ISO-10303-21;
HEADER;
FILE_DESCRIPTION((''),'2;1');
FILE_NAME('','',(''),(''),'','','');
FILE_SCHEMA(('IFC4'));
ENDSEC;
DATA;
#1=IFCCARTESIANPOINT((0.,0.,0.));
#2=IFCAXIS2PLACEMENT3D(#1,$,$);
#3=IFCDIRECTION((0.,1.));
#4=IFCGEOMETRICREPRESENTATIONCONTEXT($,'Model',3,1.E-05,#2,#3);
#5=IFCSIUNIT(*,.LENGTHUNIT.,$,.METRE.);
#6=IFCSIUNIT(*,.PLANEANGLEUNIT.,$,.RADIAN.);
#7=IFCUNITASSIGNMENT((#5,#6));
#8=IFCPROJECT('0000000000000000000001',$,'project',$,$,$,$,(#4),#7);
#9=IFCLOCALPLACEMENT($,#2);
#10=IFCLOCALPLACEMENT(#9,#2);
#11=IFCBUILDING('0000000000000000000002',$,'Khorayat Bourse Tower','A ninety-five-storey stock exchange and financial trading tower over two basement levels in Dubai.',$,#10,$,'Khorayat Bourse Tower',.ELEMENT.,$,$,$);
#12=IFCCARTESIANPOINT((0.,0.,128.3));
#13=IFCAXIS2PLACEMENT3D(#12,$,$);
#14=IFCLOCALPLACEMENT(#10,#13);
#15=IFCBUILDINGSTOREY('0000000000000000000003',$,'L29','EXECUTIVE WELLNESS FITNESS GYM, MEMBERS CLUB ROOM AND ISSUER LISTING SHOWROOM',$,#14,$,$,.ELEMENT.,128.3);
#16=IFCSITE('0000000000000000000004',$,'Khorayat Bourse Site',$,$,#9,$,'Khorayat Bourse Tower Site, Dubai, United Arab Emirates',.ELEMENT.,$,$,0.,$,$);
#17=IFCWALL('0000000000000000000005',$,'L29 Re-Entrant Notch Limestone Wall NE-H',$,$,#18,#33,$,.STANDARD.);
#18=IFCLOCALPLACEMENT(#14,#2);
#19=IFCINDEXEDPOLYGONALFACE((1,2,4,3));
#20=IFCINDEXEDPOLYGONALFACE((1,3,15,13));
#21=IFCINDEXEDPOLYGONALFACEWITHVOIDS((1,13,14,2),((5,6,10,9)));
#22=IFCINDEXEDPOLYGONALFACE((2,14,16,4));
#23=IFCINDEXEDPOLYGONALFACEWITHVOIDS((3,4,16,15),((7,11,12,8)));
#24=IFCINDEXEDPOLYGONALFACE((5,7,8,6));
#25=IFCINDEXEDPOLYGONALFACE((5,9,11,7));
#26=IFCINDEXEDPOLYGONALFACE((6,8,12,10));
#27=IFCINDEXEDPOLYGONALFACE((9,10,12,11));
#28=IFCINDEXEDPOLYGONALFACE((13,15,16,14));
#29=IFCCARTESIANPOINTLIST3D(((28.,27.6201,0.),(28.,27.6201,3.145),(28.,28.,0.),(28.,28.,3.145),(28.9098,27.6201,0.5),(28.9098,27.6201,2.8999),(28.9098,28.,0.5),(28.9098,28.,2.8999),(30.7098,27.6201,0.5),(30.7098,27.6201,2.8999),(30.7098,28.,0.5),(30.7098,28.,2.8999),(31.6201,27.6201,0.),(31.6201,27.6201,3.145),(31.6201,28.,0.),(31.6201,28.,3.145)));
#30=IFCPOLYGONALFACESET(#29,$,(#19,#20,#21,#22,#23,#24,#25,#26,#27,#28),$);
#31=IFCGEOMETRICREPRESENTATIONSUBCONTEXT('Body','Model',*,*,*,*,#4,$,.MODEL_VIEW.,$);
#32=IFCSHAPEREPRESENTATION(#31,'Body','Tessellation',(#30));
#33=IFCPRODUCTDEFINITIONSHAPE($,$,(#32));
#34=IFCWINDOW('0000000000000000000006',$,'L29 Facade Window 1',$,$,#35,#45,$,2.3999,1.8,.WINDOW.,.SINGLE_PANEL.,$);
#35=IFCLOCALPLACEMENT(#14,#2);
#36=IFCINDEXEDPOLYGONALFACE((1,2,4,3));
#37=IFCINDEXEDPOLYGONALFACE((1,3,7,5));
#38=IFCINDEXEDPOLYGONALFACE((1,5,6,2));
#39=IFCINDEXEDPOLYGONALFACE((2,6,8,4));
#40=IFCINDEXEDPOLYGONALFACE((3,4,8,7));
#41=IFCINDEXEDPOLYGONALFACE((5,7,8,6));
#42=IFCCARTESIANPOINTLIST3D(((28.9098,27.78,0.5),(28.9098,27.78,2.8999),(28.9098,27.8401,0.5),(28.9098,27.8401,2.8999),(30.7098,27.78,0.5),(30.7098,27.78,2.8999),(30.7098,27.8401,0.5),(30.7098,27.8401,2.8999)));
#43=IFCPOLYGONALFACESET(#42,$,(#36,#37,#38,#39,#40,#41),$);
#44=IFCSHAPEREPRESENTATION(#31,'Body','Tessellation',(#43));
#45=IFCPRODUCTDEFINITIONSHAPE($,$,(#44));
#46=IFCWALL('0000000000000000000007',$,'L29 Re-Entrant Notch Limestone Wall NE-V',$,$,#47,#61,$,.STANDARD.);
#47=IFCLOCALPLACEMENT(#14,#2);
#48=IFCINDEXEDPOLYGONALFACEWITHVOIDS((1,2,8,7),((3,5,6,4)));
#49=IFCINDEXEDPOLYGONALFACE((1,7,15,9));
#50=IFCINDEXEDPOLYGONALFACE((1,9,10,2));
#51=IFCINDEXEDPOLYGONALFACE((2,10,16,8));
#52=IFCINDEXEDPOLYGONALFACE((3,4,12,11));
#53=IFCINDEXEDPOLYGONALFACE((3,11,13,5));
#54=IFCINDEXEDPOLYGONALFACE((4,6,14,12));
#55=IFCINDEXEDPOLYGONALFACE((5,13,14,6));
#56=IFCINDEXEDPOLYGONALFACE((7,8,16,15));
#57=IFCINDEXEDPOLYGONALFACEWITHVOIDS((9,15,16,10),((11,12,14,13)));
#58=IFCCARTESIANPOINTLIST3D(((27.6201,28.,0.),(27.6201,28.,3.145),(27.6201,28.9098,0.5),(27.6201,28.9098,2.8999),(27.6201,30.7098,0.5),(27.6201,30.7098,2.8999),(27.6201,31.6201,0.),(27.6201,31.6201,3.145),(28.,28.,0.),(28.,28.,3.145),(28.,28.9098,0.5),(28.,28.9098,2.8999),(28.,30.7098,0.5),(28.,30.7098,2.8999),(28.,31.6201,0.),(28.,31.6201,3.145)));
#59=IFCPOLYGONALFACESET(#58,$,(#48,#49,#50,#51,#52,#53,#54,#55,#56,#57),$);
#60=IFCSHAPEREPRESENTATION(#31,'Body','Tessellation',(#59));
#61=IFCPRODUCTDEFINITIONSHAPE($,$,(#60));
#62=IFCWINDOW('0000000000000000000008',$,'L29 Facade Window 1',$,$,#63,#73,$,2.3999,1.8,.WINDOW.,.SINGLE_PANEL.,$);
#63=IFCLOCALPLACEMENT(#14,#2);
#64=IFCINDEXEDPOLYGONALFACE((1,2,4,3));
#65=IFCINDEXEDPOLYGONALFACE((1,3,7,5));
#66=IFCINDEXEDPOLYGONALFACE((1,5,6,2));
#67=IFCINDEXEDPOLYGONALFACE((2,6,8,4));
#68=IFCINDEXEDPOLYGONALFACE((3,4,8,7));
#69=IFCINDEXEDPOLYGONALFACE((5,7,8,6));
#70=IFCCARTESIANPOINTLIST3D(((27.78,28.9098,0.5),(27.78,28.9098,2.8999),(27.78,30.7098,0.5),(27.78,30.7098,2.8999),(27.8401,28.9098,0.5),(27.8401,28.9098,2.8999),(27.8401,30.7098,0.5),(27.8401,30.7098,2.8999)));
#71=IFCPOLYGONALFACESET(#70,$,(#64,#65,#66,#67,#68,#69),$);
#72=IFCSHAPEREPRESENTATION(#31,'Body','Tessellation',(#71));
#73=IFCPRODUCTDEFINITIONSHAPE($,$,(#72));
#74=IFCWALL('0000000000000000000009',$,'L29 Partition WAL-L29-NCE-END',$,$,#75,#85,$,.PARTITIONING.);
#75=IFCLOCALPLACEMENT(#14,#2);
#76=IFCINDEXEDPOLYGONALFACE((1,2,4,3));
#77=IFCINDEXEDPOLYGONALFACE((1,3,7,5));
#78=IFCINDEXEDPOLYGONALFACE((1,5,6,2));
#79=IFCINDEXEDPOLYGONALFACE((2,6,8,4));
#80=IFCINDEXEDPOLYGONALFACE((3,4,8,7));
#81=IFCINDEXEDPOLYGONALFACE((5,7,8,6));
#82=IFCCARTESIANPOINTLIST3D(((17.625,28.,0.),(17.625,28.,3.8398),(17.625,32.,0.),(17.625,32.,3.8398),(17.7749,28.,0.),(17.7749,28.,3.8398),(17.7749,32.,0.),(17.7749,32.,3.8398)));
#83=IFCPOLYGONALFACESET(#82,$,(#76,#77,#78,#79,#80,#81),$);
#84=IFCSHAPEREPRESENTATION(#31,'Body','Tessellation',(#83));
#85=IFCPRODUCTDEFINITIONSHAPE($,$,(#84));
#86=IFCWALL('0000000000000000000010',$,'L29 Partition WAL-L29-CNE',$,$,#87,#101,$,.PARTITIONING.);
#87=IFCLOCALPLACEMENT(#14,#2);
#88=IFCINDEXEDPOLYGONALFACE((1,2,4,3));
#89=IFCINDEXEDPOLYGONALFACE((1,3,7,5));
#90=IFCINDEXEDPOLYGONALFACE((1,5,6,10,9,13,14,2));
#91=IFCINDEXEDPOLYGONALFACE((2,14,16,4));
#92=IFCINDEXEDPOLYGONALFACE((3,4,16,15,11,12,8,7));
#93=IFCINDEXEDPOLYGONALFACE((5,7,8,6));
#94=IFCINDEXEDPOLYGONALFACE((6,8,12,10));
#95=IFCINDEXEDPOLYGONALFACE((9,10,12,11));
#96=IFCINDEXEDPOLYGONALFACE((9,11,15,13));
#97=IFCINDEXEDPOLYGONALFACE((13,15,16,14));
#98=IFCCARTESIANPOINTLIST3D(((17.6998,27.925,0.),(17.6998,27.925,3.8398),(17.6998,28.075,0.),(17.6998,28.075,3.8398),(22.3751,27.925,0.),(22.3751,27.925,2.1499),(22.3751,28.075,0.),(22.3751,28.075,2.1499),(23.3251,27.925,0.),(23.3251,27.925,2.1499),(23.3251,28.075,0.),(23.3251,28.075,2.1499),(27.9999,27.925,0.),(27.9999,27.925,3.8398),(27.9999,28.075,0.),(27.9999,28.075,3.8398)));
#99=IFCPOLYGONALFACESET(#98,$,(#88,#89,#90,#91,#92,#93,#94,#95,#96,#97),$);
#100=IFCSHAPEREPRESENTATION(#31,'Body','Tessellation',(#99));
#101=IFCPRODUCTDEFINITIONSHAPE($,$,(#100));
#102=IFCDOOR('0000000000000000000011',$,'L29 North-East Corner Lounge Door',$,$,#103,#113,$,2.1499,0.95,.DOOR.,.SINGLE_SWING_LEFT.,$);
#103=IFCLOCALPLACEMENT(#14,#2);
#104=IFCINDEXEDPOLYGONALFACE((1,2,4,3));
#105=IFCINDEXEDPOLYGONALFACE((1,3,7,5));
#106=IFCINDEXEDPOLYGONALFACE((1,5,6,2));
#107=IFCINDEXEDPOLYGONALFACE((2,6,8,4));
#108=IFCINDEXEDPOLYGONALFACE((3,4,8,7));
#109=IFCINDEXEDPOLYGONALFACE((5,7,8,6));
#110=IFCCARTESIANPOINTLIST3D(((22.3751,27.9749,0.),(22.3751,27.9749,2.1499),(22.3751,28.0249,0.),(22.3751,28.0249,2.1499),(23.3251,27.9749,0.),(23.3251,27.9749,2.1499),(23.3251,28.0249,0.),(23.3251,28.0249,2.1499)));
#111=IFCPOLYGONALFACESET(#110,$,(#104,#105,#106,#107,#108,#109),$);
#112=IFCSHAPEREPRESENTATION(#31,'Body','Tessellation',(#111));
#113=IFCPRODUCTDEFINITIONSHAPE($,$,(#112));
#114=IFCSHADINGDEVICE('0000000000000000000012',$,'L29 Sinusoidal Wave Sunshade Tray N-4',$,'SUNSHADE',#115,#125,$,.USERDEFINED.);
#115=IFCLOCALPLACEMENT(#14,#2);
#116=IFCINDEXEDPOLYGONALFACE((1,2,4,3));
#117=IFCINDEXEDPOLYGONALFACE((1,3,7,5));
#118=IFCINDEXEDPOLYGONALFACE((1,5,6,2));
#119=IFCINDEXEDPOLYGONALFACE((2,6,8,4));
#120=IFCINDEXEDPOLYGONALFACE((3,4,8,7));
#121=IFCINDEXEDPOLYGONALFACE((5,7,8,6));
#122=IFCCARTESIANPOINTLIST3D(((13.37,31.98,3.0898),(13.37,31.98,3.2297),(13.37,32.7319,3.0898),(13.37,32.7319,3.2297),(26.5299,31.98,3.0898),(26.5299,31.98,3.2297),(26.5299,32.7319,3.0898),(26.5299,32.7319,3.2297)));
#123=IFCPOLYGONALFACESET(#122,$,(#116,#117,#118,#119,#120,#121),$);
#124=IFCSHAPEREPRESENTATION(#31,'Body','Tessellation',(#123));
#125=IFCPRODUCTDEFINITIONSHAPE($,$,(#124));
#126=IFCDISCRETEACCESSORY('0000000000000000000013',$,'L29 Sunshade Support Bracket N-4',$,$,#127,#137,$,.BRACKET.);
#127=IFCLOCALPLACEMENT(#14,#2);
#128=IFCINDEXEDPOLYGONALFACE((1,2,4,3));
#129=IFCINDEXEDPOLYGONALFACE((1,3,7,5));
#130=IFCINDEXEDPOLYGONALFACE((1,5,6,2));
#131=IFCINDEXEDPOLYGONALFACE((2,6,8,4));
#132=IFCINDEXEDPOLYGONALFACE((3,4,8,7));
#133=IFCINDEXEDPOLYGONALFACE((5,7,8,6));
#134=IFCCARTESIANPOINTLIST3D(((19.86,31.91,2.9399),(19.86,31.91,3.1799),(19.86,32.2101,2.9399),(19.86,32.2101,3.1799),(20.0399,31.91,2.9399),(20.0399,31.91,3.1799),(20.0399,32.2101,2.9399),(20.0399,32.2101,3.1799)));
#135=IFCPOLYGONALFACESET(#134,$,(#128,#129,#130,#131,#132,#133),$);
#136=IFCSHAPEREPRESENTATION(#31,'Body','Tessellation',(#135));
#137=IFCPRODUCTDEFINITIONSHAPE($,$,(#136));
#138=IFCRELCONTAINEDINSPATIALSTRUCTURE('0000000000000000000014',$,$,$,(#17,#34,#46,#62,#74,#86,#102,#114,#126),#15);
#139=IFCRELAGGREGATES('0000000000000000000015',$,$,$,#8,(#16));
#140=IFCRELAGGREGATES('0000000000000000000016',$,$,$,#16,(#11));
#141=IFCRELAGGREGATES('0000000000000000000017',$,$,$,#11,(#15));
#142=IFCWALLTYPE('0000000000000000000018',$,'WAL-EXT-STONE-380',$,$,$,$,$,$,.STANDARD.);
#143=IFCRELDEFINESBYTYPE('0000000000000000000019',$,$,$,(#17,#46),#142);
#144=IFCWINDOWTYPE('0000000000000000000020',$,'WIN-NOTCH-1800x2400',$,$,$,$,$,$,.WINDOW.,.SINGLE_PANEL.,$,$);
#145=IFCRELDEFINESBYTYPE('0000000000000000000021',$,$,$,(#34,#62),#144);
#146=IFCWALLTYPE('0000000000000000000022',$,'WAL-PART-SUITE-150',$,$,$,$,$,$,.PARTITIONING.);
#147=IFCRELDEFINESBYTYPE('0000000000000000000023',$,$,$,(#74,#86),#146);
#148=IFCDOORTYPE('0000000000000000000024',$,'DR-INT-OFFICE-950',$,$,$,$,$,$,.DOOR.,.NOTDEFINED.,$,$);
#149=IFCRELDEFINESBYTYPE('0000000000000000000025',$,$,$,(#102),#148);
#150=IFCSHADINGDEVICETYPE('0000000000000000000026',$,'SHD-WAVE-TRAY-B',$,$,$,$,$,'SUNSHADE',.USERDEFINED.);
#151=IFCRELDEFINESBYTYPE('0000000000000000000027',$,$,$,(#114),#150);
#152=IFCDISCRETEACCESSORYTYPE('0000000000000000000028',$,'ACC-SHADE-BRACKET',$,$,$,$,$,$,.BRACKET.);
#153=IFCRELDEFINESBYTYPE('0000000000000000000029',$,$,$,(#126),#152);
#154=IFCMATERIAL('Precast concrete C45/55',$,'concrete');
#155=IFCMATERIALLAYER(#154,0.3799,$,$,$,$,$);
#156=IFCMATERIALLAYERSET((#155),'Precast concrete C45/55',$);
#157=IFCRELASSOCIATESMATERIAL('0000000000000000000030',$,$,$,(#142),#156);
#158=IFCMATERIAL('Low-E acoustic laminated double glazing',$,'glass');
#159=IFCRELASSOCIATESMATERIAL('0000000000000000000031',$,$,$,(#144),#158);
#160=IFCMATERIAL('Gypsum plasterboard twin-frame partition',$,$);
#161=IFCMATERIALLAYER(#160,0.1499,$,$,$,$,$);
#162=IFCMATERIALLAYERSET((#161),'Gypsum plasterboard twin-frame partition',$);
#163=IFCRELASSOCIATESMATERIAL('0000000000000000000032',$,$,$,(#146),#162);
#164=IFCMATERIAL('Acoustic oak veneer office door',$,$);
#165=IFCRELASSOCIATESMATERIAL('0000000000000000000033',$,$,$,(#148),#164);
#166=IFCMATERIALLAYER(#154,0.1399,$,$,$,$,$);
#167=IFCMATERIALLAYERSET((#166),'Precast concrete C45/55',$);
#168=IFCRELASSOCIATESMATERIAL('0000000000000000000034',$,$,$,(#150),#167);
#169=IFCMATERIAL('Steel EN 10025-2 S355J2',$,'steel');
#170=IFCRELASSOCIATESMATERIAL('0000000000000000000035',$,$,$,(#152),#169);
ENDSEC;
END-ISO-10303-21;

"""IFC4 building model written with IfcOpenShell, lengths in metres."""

from ifc_helpers import new_model, si_unit, direction, frame, frame_2d, origin, origin_2d, place, context, subcontext, project, spatial, rectangle, extrude, source, transform, mapped, material, layer, layer_set, type_object, element, fill, save


model = new_model("IFC4")

# Units and contexts
model_context = context("Model", 3, precision=1e-05, world=origin(), true_north=direction((0.0, 1.0)))
body_context = subcontext(model_context, "Body", "Model", "MODEL_VIEW")
ifc_project = project(units=[si_unit("LENGTHUNIT", "METRE"), si_unit("PLANEANGLEUNIT", "RADIAN")], contexts=[model_context])

# Site, building, storey
site_placement = place(None, origin())
site = spatial("IfcSite", under=ifc_project, at=site_placement, Name="Khorayat Bourse Site", LongName="Khorayat Bourse Tower Site, Dubai, United Arab Emirates", CompositionType="ELEMENT", RefElevation=0.0)
building_placement = place(site_placement, origin())
building = spatial("IfcBuilding", under=site, at=building_placement, Name="Khorayat Bourse Tower", Description="A ninety-five-storey stock exchange and financial trading tower over two basement levels in Dubai.", LongName="Khorayat Bourse Tower", CompositionType="ELEMENT")
storey_placement = place(building_placement, frame((0.0, 0.0, 128.3)))
storey = spatial("IfcBuildingStorey", under=building, at=storey_placement, Name="L29", Description="EXECUTIVE WELLNESS FITNESS GYM, MEMBERS CLUB ROOM AND ISSUER LISTING SHOWROOM", CompositionType="ELEMENT", Elevation=128.3)

# Shared definitions
ifc_material_1 = material(Name="Steel EN 10025-2 S355J2", Category="steel")

# Walls, openings, windows
ifc_material_2 = material(Name="Precast concrete C45/55", Category="concrete")
ifc_layer_1 = layer(ifc_material_2, 0.3799)
ifc_layer_set_1 = layer_set([ifc_layer_1], Name="Precast concrete C45/55")
wall_type_1 = type_object("IfcWallType", Name="WAL-EXT-STONE-380", PredefinedType="STANDARD", material=ifc_layer_set_1)
shared_shape_1 = source(origin(), body_context, "Body", "SweptSolid", [
    extrude(rectangle(XDim=3.6201, YDim=0.3799, at=frame_2d((1.8101, 0.0))), origin(), (0.0, 0.0, 1.0), 3.145),
])
wall_1_placement = place(storey_placement, frame((28.0, 27.8101, 0.0), z_axis=(0.0, 0.0, 1.0), x_axis=(1.0, 0.0, 0.0)))
wall_1 = element("IfcWall", 1, at=wall_1_placement, inside=storey, type_object=wall_type_1, Name="L29 Re-Entrant Notch Limestone Wall NE-H", PredefinedType="STANDARD", context=body_context, shape_type="MappedRepresentation", body=[
    mapped(shared_shape_1, transform((0.0, 0.0, 0.0), scale=1.0)),
])
shared_shape_2 = source(origin(), body_context, "Body", "SweptSolid", [
    extrude(rectangle(XDim=1.8, YDim=2.3999, at=frame_2d((0.8999, 1.2))), frame((0.0, 0.2, 0.0), z_axis=(0.0, -1.0, 0.0), x_axis=(1.0, 0.0, 0.0)), (0.0, 0.0, 1.0), 0.3999),
])
opening_1_placement = place(wall_1_placement, frame((0.9099, 0.0, 0.5)))
opening_1 = element("IfcOpeningElement", 2, at=opening_1_placement, cuts=wall_1, PredefinedType="OPENING", context=body_context, shape_type="MappedRepresentation", body=[
    mapped(shared_shape_2, transform((0.0, 0.0, 0.0), scale=1.0)),
])
ifc_material_3 = material(Name="Low-E acoustic laminated double glazing", Category="glass")
window_type = type_object("IfcWindowType", Name="WIN-NOTCH-1800x2400", PartitioningType="SINGLE_PANEL", PredefinedType="WINDOW", material=ifc_material_3)
shared_shape_3 = source(origin(), body_context, "Body", "SweptSolid", [
    extrude(rectangle(XDim=1.8, YDim=2.3999, at=frame_2d((0.8999, 1.2))), frame((0.0, 0.03, 0.0), z_axis=(0.0, -1.0, 0.0), x_axis=(1.0, 0.0, 0.0)), (0.0, 0.0, 1.0), 0.0601),
])
window_1_placement = place(opening_1_placement, origin())
window_1 = element("IfcWindow", 3, at=window_1_placement, inside=storey, type_object=window_type, Name="L29 Facade Window 1", OverallHeight=2.3999, OverallWidth=1.8, PartitioningType="SINGLE_PANEL", PredefinedType="WINDOW", context=body_context, shape_type="MappedRepresentation", body=[
    mapped(shared_shape_3, transform((0.0, 0.0, 0.0), scale=1.0)),
])
fill(opening_1, window_1)
wall_2_placement = place(storey_placement, frame((27.8101, 28.0, 0.0), z_axis=(0.0, 0.0, 1.0), x_axis=(0.0, 1.0, 0.0)))
wall_2 = element("IfcWall", 4, at=wall_2_placement, inside=storey, type_object=wall_type_1, Name="L29 Re-Entrant Notch Limestone Wall NE-V", PredefinedType="STANDARD", context=body_context, shape_type="MappedRepresentation", body=[
    mapped(shared_shape_1, transform((0.0, 0.0, 0.0), scale=1.0)),
])
opening_2_placement = place(wall_2_placement, frame((0.9099, 0.0, 0.5)))
opening_2 = element("IfcOpeningElement", 5, at=opening_2_placement, cuts=wall_2, PredefinedType="OPENING", context=body_context, shape_type="MappedRepresentation", body=[
    mapped(shared_shape_2, transform((0.0, 0.0, 0.0), scale=1.0)),
])
window_2_placement = place(opening_2_placement, origin())
window_2 = element("IfcWindow", 6, at=window_2_placement, inside=storey, type_object=window_type, Name="L29 Facade Window 1", OverallHeight=2.3999, OverallWidth=1.8, PartitioningType="SINGLE_PANEL", PredefinedType="WINDOW", context=body_context, shape_type="MappedRepresentation", body=[
    mapped(shared_shape_3, transform((0.0, 0.0, 0.0), scale=1.0)),
])
fill(opening_2, window_2)

# Wall
ifc_material_4 = material(Name="Gypsum plasterboard twin-frame partition")
ifc_layer_2 = layer(ifc_material_4, 0.1499)
ifc_layer_set_2 = layer_set([ifc_layer_2], Name="Gypsum plasterboard twin-frame partition")
wall_type_2 = type_object("IfcWallType", Name="WAL-PART-SUITE-150", PredefinedType="PARTITIONING", material=ifc_layer_set_2)
shared_shape_4 = source(origin(), body_context, "Body", "SweptSolid", [
    extrude(rectangle(XDim=4.0, YDim=0.1499, at=frame_2d((2.0, 0.0))), origin(), (0.0, 0.0, 1.0), 3.8398),
])
wall_3_placement = place(storey_placement, frame((17.7, 28.0, 0.0), z_axis=(0.0, 0.0, 1.0), x_axis=(0.0, 1.0, 0.0)))
element("IfcWall", 7, at=wall_3_placement, inside=storey, type_object=wall_type_2, Name="L29 Partition WAL-L29-NCE-END", PredefinedType="PARTITIONING", context=body_context, shape_type="MappedRepresentation", body=[
    mapped(shared_shape_4, transform((0.0, 0.0, 0.0), scale=1.0)),
])

# Wall, opening, door
shared_shape_5 = source(origin(), body_context, "Body", "SweptSolid", [
    extrude(rectangle(XDim=10.3, YDim=0.1499, at=frame_2d((5.1499, 0.0))), origin(), (0.0, 0.0, 1.0), 3.8398),
])
wall_4_placement = place(storey_placement, frame((17.7, 28.0, 0.0), z_axis=(0.0, 0.0, 1.0), x_axis=(1.0, 0.0, 0.0)))
wall_4 = element("IfcWall", 8, at=wall_4_placement, inside=storey, type_object=wall_type_2, Name="L29 Partition WAL-L29-CNE", PredefinedType="PARTITIONING", context=body_context, shape_type="MappedRepresentation", body=[
    mapped(shared_shape_5, transform((0.0, 0.0, 0.0), scale=1.0)),
])
shared_shape_6 = source(origin(), body_context, "Body", "SweptSolid", [
    extrude(rectangle(XDim=0.95, YDim=2.1499, at=frame_2d((0.4751, 1.075))), frame((0.0, 0.085, 0.0), z_axis=(0.0, -1.0, 0.0), x_axis=(1.0, 0.0, 0.0)), (0.0, 0.0, 1.0), 0.1699),
])
opening_3_placement = place(wall_4_placement, frame((4.675, 0.0, 0.0)))
opening_3 = element("IfcOpeningElement", 9, at=opening_3_placement, cuts=wall_4, PredefinedType="OPENING", context=body_context, shape_type="MappedRepresentation", body=[
    mapped(shared_shape_6, transform((0.0, 0.0, 0.0), scale=1.0)),
])
ifc_material_5 = material(Name="Acoustic oak veneer office door")
door_type = type_object("IfcDoorType", Name="DR-INT-OFFICE-950", OperationType="NOTDEFINED", PredefinedType="DOOR", material=ifc_material_5)
shared_shape_7 = source(origin(), body_context, "Body", "SweptSolid", [
    extrude(rectangle(XDim=0.95, YDim=2.1499, at=frame_2d((0.4751, 1.075))), frame((0.0, 0.0249, 0.0), z_axis=(0.0, -1.0, 0.0), x_axis=(1.0, 0.0, 0.0)), (0.0, 0.0, 1.0), 0.05),
])
door_placement = place(opening_3_placement, origin())
door = element("IfcDoor", 10, at=door_placement, inside=storey, type_object=door_type, Name="L29 North-East Corner Lounge Door", OperationType="SINGLE_SWING_LEFT", OverallHeight=2.1499, OverallWidth=0.95, PredefinedType="DOOR", context=body_context, shape_type="MappedRepresentation", body=[
    mapped(shared_shape_7, transform((0.0, 0.0, 0.0), scale=1.0)),
])
fill(opening_3, door)

# Shading device
ifc_layer_3 = layer(ifc_material_2, 0.1399)
ifc_layer_set_3 = layer_set([ifc_layer_3], Name="Precast concrete C45/55")
shading_device_type = type_object("IfcShadingDeviceType", Name="SHD-WAVE-TRAY-B", ElementType="SUNSHADE", PredefinedType="USERDEFINED", material=ifc_layer_set_3)
shared_shape_8 = source(origin(), body_context, "Body", "SweptSolid", [
    extrude(rectangle(XDim=13.1599, YDim=0.752, at=origin_2d()), origin(), (0.0, 0.0, 1.0), 0.1399),
])
shading_device_placement = place(storey_placement, frame((19.95, 32.356, 3.0898), z_axis=(0.0, 0.0, 1.0), x_axis=(1.0, 0.0, 0.0)))
element("IfcShadingDevice", 11, at=shading_device_placement, inside=storey, type_object=shading_device_type, Name="L29 Sinusoidal Wave Sunshade Tray N-4", ObjectType="SUNSHADE", PredefinedType="USERDEFINED", context=body_context, shape_type="MappedRepresentation", body=[
    mapped(shared_shape_8, transform((0.0, 0.0, 0.0), scale=1.0)),
])

# Discrete accessory
discrete_accessory_type = type_object("IfcDiscreteAccessoryType", Name="ACC-SHADE-BRACKET", PredefinedType="BRACKET", material=ifc_material_1)
shared_shape_9 = source(origin(), body_context, "Body", "SweptSolid", [
    extrude(rectangle(XDim=0.1799, YDim=0.3, at=origin_2d()), origin(), (0.0, 0.0, 1.0), 0.24),
])
discrete_accessory_placement = place(storey_placement, frame((19.95, 32.0601, 2.9399), z_axis=(0.0, 0.0, 1.0), x_axis=(1.0, 0.0, 0.0)))
element("IfcDiscreteAccessory", 12, at=discrete_accessory_placement, inside=storey, type_object=discrete_accessory_type, Name="L29 Sunshade Support Bracket N-4", PredefinedType="BRACKET", context=body_context, shape_type="MappedRepresentation", body=[
    mapped(shared_shape_9, transform((0.0, 0.0, 0.0), scale=1.0)),
])

save(model, "model.ifc")
